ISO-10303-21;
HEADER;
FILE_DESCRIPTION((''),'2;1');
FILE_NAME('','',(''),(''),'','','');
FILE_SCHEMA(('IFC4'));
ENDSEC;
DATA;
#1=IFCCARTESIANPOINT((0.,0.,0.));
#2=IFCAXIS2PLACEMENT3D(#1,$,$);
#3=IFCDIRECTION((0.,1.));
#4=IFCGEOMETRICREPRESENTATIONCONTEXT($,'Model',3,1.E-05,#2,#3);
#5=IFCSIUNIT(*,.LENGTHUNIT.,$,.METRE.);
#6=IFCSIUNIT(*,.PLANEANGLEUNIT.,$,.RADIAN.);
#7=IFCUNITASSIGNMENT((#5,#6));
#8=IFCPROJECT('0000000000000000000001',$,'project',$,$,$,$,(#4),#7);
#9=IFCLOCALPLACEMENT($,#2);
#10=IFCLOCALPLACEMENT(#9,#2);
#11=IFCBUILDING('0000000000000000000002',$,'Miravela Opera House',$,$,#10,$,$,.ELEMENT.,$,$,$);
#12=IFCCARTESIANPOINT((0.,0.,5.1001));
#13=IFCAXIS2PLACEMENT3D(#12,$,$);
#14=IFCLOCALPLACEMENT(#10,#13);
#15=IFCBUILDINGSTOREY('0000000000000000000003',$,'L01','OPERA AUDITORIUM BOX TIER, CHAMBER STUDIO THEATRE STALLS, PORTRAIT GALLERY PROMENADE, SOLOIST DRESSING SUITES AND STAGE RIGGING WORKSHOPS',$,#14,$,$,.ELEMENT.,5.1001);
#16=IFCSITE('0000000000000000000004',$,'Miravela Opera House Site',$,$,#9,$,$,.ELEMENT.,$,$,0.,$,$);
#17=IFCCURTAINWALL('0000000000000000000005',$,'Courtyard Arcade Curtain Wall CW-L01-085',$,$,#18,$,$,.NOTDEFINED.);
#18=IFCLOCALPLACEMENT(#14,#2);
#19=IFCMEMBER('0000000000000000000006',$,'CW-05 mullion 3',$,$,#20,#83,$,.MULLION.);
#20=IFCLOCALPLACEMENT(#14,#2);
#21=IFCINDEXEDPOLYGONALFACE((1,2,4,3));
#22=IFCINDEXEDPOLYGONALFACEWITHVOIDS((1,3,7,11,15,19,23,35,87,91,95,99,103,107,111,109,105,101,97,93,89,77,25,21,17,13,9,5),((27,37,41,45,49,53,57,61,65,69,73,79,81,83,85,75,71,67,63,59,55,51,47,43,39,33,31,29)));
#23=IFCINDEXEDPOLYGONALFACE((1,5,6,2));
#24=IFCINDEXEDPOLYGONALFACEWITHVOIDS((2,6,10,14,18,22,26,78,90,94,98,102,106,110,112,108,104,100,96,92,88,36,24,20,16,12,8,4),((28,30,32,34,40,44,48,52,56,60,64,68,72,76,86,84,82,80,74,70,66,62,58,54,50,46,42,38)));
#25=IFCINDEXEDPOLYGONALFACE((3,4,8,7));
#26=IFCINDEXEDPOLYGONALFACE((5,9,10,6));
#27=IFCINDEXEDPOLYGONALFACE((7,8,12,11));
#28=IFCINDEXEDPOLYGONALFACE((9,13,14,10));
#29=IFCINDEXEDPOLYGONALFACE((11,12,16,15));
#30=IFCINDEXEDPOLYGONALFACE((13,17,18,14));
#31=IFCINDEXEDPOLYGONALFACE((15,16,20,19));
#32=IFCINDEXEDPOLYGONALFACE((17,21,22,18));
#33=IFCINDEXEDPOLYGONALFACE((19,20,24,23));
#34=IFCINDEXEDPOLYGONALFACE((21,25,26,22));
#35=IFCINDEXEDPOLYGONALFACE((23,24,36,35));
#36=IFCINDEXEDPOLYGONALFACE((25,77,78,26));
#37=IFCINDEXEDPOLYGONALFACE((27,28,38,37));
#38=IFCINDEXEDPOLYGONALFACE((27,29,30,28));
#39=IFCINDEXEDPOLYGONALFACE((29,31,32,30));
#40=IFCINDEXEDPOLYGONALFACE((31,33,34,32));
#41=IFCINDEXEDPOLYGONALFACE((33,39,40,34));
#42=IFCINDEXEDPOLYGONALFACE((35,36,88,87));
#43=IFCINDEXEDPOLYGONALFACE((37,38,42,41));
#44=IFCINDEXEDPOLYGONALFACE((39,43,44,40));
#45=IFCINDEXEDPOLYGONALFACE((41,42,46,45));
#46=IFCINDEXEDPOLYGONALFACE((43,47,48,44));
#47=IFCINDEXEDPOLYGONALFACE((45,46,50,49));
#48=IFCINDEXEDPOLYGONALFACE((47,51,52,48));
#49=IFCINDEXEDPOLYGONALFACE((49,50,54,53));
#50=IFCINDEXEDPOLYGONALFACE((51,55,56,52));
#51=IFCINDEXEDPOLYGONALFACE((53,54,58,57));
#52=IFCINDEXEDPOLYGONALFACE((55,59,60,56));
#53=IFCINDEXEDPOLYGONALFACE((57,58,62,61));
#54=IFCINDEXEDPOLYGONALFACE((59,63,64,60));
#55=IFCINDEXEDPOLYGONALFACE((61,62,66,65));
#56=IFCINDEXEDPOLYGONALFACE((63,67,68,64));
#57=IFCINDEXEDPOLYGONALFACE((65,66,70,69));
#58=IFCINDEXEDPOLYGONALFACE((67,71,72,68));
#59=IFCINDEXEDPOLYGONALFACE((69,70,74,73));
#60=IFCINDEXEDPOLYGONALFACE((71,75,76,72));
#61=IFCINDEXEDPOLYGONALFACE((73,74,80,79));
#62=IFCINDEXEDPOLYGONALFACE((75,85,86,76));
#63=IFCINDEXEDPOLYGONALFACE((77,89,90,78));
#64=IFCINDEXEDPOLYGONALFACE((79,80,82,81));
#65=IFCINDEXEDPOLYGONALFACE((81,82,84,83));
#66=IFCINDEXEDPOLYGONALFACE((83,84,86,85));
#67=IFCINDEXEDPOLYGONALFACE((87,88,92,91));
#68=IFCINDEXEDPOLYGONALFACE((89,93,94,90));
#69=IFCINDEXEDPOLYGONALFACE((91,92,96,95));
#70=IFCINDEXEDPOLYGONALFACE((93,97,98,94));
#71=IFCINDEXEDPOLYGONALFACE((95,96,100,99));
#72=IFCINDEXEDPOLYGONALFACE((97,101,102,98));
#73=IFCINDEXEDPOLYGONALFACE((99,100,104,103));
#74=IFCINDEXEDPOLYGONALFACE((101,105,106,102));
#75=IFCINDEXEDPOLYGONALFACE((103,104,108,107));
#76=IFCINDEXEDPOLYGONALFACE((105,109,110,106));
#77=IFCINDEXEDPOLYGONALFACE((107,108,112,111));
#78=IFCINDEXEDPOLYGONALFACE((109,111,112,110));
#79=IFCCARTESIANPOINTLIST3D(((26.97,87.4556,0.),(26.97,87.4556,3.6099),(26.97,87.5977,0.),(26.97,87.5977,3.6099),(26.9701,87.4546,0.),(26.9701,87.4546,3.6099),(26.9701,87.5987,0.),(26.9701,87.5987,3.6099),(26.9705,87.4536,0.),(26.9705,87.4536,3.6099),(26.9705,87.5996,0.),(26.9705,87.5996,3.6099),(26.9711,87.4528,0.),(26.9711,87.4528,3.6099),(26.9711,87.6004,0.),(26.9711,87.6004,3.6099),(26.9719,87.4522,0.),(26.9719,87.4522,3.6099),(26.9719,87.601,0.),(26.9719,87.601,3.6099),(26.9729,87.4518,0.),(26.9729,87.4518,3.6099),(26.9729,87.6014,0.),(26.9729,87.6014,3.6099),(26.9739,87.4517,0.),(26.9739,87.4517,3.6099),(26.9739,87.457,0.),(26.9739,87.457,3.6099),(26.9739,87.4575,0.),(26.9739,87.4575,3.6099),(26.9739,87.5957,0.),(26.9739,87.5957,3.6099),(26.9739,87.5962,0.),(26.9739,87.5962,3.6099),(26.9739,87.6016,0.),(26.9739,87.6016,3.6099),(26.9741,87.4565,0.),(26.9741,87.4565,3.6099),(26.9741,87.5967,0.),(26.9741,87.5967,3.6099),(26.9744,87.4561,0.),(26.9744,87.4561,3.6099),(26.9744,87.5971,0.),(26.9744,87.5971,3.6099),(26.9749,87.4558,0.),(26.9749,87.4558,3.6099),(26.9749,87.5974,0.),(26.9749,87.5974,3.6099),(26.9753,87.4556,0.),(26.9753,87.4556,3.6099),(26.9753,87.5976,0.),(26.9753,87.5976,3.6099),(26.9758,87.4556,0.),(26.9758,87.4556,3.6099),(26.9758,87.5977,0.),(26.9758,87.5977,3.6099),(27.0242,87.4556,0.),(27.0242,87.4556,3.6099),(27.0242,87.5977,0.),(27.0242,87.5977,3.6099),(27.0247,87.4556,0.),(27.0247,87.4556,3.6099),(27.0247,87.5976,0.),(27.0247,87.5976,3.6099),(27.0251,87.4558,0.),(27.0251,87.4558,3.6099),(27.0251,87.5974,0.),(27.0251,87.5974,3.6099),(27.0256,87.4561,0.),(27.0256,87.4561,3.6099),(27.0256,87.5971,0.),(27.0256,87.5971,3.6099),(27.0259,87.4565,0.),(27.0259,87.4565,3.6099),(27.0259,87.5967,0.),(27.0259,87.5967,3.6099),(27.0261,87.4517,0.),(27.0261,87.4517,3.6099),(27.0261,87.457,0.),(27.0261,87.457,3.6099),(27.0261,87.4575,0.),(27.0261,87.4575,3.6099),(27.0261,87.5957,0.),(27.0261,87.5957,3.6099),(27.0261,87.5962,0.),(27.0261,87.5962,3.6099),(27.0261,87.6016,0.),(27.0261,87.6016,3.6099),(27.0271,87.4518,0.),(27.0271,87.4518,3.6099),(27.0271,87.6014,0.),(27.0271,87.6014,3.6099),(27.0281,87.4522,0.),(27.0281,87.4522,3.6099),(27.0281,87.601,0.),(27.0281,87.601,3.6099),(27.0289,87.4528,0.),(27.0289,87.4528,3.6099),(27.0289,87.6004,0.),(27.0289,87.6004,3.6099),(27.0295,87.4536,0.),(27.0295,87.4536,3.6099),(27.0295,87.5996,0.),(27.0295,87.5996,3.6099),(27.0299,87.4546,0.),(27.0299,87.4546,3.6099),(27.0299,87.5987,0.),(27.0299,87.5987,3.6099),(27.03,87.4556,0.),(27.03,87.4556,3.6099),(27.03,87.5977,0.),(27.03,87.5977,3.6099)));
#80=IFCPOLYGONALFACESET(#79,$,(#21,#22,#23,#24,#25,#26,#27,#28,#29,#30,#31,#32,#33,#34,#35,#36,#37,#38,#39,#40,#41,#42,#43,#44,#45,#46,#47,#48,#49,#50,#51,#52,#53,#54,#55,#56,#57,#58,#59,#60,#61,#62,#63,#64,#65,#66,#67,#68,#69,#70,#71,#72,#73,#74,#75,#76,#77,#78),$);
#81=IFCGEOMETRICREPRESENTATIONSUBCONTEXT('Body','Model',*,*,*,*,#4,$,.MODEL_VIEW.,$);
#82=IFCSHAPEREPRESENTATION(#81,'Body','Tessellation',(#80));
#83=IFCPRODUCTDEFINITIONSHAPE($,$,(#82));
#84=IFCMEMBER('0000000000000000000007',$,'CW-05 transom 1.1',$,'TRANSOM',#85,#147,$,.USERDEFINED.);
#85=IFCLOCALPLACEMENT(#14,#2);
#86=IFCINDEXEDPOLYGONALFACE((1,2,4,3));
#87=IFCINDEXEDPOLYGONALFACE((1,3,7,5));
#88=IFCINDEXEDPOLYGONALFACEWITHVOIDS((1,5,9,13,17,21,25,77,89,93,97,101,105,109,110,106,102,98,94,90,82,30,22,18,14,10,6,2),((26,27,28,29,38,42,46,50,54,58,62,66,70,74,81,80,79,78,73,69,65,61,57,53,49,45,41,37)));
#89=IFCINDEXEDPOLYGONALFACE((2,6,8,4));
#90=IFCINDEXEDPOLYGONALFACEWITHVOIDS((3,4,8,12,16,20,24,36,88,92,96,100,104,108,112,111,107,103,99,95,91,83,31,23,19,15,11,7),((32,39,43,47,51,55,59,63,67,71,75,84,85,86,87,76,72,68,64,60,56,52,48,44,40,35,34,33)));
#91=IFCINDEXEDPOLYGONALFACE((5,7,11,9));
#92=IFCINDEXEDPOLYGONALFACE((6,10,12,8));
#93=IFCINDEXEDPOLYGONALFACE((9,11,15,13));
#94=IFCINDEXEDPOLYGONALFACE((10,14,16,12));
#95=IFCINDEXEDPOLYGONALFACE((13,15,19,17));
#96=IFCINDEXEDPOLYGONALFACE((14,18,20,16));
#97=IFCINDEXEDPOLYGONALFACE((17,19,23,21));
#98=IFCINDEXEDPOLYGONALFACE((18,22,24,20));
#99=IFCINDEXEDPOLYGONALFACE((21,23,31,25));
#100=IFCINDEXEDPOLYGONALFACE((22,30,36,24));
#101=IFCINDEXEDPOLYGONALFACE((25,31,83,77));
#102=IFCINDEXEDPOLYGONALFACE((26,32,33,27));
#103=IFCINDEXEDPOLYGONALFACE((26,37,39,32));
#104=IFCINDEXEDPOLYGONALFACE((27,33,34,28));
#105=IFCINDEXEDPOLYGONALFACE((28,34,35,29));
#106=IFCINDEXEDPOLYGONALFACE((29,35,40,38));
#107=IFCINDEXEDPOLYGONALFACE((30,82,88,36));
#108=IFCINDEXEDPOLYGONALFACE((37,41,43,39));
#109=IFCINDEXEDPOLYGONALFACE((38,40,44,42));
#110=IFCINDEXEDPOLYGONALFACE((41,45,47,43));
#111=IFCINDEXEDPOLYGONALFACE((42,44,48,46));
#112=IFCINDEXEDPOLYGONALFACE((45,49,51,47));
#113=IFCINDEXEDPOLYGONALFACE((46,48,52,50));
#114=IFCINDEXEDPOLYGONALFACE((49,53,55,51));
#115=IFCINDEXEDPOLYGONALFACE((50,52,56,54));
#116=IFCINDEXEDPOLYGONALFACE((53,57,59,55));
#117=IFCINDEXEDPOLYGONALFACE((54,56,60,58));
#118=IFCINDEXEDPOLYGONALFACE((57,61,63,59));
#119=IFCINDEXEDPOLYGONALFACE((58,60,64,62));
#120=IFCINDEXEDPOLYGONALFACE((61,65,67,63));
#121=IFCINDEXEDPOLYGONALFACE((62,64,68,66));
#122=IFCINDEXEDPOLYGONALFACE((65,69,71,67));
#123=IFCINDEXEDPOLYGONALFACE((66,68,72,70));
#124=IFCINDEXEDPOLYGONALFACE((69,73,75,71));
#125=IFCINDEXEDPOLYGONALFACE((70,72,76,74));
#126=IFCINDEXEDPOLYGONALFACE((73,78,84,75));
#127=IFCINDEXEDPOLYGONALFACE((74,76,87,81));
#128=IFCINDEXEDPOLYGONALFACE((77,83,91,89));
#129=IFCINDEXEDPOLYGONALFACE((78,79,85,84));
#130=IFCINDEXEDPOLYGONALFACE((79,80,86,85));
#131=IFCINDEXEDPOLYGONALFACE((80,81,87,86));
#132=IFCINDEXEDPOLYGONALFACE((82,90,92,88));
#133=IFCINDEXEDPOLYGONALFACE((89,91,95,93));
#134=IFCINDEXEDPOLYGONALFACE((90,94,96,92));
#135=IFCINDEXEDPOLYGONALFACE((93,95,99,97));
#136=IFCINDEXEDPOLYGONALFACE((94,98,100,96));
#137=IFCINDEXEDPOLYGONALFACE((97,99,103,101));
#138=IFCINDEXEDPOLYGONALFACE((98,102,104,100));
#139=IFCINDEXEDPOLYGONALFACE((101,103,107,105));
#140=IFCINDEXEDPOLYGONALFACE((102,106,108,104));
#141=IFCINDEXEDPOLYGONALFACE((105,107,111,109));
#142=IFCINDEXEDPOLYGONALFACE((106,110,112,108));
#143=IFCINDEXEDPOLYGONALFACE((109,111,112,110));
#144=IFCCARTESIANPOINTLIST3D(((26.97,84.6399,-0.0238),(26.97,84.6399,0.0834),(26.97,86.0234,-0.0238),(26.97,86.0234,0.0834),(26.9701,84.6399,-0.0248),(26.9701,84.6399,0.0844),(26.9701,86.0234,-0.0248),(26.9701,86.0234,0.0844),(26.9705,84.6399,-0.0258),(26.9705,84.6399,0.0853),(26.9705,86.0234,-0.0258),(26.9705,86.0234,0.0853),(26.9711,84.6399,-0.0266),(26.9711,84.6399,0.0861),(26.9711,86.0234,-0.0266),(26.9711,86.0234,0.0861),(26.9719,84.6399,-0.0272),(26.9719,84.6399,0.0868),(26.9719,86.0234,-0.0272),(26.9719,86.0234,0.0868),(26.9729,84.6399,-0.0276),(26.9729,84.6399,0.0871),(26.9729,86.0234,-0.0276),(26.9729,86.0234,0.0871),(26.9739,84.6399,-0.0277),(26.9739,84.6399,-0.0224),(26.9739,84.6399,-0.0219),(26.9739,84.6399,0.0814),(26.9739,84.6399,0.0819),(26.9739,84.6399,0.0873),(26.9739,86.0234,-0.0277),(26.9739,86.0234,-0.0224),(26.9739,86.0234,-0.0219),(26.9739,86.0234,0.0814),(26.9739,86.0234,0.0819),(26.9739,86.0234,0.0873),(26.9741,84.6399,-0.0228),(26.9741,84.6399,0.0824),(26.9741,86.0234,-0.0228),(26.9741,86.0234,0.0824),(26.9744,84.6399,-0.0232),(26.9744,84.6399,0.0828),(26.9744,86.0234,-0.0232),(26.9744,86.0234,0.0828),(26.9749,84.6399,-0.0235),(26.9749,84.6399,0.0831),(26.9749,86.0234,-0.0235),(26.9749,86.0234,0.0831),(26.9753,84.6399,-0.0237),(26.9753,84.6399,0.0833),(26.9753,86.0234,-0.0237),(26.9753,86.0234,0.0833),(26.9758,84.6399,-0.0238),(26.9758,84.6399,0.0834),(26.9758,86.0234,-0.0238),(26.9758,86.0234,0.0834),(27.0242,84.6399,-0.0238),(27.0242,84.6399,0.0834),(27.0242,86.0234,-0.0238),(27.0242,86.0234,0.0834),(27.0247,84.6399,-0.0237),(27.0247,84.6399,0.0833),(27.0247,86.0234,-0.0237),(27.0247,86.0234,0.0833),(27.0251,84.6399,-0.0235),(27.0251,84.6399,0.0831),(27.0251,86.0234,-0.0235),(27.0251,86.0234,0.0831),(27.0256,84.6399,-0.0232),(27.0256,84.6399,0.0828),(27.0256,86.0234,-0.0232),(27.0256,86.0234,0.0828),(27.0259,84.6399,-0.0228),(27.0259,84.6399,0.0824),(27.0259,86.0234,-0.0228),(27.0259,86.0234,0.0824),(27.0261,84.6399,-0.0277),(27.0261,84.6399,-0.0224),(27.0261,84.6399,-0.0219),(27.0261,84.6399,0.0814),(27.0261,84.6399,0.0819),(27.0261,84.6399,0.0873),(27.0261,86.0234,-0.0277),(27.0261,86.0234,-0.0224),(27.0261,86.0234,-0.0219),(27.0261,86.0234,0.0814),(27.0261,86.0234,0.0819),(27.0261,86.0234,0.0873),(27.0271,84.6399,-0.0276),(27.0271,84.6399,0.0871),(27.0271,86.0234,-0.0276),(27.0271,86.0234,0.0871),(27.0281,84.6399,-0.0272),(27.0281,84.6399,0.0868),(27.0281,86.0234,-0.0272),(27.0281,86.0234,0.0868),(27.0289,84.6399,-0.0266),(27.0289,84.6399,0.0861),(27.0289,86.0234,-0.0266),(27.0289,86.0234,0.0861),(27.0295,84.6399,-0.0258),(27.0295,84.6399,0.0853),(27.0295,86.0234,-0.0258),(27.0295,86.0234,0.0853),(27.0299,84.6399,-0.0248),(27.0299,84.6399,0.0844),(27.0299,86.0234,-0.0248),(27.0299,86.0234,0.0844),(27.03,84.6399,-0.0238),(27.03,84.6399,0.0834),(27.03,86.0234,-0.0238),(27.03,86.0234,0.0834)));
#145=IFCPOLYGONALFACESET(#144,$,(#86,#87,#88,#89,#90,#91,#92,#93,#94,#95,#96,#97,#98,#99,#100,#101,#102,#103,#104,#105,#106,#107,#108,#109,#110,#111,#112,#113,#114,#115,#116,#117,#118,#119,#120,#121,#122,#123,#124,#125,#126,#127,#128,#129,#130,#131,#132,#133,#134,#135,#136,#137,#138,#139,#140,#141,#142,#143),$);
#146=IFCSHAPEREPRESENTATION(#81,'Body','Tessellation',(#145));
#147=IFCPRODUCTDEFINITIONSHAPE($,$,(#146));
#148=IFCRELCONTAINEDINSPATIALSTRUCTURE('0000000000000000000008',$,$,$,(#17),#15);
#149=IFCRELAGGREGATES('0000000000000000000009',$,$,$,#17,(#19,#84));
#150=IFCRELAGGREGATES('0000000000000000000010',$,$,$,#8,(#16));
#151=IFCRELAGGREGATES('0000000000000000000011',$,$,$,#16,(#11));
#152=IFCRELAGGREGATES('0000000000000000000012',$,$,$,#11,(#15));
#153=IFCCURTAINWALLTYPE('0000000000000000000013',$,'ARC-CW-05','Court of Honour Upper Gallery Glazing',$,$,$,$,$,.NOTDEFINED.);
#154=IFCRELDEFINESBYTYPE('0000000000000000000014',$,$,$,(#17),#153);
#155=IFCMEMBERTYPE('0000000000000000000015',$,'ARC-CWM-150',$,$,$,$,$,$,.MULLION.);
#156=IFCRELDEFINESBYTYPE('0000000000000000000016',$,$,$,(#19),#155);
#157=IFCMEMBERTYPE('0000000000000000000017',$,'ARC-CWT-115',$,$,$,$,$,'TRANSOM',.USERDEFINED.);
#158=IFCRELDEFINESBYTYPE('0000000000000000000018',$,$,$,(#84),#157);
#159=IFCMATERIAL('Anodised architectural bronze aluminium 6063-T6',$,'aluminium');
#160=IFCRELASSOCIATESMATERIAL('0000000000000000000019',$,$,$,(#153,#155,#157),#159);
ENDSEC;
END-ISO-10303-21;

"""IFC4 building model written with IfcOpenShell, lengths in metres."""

from ifc_helpers import new_model, si_unit, direction, frame, origin, origin_2d, place, context, subcontext, project, spatial, hollow_rectangle, extrude, material, material_profile, profile_set, type_object, element, aggregate, save


model = new_model("IFC4")

# Units and contexts
model_context = context("Model", 3, precision=1e-05, world=origin(), true_north=direction((0.0, 1.0)))
body_context = subcontext(model_context, "Body", "Model", "MODEL_VIEW")
ifc_project = project(units=[si_unit("LENGTHUNIT", "METRE"), si_unit("PLANEANGLEUNIT", "RADIAN")], contexts=[model_context])

# Site, building, storey
site_placement = place(None, origin())
site = spatial("IfcSite", under=ifc_project, at=site_placement, Name="Miravela Opera House Site", CompositionType="ELEMENT", RefElevation=0.0)
building_placement = place(site_placement, origin())
building = spatial("IfcBuilding", under=site, at=building_placement, Name="Miravela Opera House", CompositionType="ELEMENT")
storey_placement = place(building_placement, frame((0.0, 0.0, 5.1001)))
storey = spatial("IfcBuildingStorey", under=building, at=storey_placement, Name="L01", Description="OPERA AUDITORIUM BOX TIER, CHAMBER STUDIO THEATRE STALLS, PORTRAIT GALLERY PROMENADE, SOLOIST DRESSING SUITES AND STAGE RIGGING WORKSHOPS", CompositionType="ELEMENT", Elevation=5.1001)

# Curtain wall, members
ifc_material_1 = material(Name="Anodised architectural bronze aluminium 6063-T6", Category="aluminium")
curtain_wall_type = type_object("IfcCurtainWallType", Name="ARC-CW-05", Description="Court of Honour Upper Gallery Glazing", PredefinedType="NOTDEFINED", material=ifc_material_1)
curtain_wall_placement = place(storey_placement, origin())
curtain_wall = element("IfcCurtainWall", 1, at=curtain_wall_placement, inside=storey, type_object=curtain_wall_type, Name="Courtyard Arcade Curtain Wall CW-L01-085", PredefinedType="NOTDEFINED")
ifc_material_profile_1 = material_profile(ifc_material_1, hollow_rectangle(XDim=0.0601, YDim=0.1499, WallThickness=0.0039, InnerFilletRadius=0.002, OuterFilletRadius=0.0039, at=origin_2d()), Name="CWM-60X150")
ifc_profile_set_1 = profile_set([ifc_material_profile_1])
member_type_1 = type_object("IfcMemberType", Name="ARC-CWM-150", PredefinedType="MULLION", material=ifc_profile_set_1)
member_1_placement = place(storey_placement, frame((27.0, 87.5266, 0.0), z_axis=(0.0, 0.0, 1.0), x_axis=(-1.0, 0.0, 0.0)))
member_1 = element("IfcMember", 2, at=member_1_placement, type_object=member_type_1, Name="CW-05 mullion 3", PredefinedType="MULLION", context=body_context, shape_type="SweptSolid", body=[
    extrude(hollow_rectangle(XDim=0.0601, YDim=0.1499, WallThickness=0.0039, InnerFilletRadius=0.002, OuterFilletRadius=0.0039, at=origin_2d()), origin(), (0.0, 0.0, 1.0), 3.6099),
])
ifc_material_profile_2 = material_profile(ifc_material_1, hollow_rectangle(XDim=0.0601, YDim=0.115, WallThickness=0.0039, InnerFilletRadius=0.002, OuterFilletRadius=0.0039, at=origin_2d()), Name="CWT-60X115")
ifc_profile_set_2 = profile_set([ifc_material_profile_2])
member_type_2 = type_object("IfcMemberType", Name="ARC-CWT-115", ElementType="TRANSOM", PredefinedType="USERDEFINED", material=ifc_profile_set_2)
member_2_placement = place(storey_placement, frame((27.0, 84.6399, 0.0298), z_axis=(0.0, 1.0, 0.0), x_axis=(-1.0, 0.0, 0.0)))
member_2 = element("IfcMember", 3, at=member_2_placement, type_object=member_type_2, Name="CW-05 transom 1.1", ObjectType="TRANSOM", PredefinedType="USERDEFINED", context=body_context, shape_type="SweptSolid", body=[
    extrude(hollow_rectangle(XDim=0.0601, YDim=0.115, WallThickness=0.0039, InnerFilletRadius=0.002, OuterFilletRadius=0.0039, at=origin_2d()), origin(), (0.0, 0.0, 1.0), 1.3835),
])

aggregate(curtain_wall, [member_1, member_2])

save(model, "model.ifc")
